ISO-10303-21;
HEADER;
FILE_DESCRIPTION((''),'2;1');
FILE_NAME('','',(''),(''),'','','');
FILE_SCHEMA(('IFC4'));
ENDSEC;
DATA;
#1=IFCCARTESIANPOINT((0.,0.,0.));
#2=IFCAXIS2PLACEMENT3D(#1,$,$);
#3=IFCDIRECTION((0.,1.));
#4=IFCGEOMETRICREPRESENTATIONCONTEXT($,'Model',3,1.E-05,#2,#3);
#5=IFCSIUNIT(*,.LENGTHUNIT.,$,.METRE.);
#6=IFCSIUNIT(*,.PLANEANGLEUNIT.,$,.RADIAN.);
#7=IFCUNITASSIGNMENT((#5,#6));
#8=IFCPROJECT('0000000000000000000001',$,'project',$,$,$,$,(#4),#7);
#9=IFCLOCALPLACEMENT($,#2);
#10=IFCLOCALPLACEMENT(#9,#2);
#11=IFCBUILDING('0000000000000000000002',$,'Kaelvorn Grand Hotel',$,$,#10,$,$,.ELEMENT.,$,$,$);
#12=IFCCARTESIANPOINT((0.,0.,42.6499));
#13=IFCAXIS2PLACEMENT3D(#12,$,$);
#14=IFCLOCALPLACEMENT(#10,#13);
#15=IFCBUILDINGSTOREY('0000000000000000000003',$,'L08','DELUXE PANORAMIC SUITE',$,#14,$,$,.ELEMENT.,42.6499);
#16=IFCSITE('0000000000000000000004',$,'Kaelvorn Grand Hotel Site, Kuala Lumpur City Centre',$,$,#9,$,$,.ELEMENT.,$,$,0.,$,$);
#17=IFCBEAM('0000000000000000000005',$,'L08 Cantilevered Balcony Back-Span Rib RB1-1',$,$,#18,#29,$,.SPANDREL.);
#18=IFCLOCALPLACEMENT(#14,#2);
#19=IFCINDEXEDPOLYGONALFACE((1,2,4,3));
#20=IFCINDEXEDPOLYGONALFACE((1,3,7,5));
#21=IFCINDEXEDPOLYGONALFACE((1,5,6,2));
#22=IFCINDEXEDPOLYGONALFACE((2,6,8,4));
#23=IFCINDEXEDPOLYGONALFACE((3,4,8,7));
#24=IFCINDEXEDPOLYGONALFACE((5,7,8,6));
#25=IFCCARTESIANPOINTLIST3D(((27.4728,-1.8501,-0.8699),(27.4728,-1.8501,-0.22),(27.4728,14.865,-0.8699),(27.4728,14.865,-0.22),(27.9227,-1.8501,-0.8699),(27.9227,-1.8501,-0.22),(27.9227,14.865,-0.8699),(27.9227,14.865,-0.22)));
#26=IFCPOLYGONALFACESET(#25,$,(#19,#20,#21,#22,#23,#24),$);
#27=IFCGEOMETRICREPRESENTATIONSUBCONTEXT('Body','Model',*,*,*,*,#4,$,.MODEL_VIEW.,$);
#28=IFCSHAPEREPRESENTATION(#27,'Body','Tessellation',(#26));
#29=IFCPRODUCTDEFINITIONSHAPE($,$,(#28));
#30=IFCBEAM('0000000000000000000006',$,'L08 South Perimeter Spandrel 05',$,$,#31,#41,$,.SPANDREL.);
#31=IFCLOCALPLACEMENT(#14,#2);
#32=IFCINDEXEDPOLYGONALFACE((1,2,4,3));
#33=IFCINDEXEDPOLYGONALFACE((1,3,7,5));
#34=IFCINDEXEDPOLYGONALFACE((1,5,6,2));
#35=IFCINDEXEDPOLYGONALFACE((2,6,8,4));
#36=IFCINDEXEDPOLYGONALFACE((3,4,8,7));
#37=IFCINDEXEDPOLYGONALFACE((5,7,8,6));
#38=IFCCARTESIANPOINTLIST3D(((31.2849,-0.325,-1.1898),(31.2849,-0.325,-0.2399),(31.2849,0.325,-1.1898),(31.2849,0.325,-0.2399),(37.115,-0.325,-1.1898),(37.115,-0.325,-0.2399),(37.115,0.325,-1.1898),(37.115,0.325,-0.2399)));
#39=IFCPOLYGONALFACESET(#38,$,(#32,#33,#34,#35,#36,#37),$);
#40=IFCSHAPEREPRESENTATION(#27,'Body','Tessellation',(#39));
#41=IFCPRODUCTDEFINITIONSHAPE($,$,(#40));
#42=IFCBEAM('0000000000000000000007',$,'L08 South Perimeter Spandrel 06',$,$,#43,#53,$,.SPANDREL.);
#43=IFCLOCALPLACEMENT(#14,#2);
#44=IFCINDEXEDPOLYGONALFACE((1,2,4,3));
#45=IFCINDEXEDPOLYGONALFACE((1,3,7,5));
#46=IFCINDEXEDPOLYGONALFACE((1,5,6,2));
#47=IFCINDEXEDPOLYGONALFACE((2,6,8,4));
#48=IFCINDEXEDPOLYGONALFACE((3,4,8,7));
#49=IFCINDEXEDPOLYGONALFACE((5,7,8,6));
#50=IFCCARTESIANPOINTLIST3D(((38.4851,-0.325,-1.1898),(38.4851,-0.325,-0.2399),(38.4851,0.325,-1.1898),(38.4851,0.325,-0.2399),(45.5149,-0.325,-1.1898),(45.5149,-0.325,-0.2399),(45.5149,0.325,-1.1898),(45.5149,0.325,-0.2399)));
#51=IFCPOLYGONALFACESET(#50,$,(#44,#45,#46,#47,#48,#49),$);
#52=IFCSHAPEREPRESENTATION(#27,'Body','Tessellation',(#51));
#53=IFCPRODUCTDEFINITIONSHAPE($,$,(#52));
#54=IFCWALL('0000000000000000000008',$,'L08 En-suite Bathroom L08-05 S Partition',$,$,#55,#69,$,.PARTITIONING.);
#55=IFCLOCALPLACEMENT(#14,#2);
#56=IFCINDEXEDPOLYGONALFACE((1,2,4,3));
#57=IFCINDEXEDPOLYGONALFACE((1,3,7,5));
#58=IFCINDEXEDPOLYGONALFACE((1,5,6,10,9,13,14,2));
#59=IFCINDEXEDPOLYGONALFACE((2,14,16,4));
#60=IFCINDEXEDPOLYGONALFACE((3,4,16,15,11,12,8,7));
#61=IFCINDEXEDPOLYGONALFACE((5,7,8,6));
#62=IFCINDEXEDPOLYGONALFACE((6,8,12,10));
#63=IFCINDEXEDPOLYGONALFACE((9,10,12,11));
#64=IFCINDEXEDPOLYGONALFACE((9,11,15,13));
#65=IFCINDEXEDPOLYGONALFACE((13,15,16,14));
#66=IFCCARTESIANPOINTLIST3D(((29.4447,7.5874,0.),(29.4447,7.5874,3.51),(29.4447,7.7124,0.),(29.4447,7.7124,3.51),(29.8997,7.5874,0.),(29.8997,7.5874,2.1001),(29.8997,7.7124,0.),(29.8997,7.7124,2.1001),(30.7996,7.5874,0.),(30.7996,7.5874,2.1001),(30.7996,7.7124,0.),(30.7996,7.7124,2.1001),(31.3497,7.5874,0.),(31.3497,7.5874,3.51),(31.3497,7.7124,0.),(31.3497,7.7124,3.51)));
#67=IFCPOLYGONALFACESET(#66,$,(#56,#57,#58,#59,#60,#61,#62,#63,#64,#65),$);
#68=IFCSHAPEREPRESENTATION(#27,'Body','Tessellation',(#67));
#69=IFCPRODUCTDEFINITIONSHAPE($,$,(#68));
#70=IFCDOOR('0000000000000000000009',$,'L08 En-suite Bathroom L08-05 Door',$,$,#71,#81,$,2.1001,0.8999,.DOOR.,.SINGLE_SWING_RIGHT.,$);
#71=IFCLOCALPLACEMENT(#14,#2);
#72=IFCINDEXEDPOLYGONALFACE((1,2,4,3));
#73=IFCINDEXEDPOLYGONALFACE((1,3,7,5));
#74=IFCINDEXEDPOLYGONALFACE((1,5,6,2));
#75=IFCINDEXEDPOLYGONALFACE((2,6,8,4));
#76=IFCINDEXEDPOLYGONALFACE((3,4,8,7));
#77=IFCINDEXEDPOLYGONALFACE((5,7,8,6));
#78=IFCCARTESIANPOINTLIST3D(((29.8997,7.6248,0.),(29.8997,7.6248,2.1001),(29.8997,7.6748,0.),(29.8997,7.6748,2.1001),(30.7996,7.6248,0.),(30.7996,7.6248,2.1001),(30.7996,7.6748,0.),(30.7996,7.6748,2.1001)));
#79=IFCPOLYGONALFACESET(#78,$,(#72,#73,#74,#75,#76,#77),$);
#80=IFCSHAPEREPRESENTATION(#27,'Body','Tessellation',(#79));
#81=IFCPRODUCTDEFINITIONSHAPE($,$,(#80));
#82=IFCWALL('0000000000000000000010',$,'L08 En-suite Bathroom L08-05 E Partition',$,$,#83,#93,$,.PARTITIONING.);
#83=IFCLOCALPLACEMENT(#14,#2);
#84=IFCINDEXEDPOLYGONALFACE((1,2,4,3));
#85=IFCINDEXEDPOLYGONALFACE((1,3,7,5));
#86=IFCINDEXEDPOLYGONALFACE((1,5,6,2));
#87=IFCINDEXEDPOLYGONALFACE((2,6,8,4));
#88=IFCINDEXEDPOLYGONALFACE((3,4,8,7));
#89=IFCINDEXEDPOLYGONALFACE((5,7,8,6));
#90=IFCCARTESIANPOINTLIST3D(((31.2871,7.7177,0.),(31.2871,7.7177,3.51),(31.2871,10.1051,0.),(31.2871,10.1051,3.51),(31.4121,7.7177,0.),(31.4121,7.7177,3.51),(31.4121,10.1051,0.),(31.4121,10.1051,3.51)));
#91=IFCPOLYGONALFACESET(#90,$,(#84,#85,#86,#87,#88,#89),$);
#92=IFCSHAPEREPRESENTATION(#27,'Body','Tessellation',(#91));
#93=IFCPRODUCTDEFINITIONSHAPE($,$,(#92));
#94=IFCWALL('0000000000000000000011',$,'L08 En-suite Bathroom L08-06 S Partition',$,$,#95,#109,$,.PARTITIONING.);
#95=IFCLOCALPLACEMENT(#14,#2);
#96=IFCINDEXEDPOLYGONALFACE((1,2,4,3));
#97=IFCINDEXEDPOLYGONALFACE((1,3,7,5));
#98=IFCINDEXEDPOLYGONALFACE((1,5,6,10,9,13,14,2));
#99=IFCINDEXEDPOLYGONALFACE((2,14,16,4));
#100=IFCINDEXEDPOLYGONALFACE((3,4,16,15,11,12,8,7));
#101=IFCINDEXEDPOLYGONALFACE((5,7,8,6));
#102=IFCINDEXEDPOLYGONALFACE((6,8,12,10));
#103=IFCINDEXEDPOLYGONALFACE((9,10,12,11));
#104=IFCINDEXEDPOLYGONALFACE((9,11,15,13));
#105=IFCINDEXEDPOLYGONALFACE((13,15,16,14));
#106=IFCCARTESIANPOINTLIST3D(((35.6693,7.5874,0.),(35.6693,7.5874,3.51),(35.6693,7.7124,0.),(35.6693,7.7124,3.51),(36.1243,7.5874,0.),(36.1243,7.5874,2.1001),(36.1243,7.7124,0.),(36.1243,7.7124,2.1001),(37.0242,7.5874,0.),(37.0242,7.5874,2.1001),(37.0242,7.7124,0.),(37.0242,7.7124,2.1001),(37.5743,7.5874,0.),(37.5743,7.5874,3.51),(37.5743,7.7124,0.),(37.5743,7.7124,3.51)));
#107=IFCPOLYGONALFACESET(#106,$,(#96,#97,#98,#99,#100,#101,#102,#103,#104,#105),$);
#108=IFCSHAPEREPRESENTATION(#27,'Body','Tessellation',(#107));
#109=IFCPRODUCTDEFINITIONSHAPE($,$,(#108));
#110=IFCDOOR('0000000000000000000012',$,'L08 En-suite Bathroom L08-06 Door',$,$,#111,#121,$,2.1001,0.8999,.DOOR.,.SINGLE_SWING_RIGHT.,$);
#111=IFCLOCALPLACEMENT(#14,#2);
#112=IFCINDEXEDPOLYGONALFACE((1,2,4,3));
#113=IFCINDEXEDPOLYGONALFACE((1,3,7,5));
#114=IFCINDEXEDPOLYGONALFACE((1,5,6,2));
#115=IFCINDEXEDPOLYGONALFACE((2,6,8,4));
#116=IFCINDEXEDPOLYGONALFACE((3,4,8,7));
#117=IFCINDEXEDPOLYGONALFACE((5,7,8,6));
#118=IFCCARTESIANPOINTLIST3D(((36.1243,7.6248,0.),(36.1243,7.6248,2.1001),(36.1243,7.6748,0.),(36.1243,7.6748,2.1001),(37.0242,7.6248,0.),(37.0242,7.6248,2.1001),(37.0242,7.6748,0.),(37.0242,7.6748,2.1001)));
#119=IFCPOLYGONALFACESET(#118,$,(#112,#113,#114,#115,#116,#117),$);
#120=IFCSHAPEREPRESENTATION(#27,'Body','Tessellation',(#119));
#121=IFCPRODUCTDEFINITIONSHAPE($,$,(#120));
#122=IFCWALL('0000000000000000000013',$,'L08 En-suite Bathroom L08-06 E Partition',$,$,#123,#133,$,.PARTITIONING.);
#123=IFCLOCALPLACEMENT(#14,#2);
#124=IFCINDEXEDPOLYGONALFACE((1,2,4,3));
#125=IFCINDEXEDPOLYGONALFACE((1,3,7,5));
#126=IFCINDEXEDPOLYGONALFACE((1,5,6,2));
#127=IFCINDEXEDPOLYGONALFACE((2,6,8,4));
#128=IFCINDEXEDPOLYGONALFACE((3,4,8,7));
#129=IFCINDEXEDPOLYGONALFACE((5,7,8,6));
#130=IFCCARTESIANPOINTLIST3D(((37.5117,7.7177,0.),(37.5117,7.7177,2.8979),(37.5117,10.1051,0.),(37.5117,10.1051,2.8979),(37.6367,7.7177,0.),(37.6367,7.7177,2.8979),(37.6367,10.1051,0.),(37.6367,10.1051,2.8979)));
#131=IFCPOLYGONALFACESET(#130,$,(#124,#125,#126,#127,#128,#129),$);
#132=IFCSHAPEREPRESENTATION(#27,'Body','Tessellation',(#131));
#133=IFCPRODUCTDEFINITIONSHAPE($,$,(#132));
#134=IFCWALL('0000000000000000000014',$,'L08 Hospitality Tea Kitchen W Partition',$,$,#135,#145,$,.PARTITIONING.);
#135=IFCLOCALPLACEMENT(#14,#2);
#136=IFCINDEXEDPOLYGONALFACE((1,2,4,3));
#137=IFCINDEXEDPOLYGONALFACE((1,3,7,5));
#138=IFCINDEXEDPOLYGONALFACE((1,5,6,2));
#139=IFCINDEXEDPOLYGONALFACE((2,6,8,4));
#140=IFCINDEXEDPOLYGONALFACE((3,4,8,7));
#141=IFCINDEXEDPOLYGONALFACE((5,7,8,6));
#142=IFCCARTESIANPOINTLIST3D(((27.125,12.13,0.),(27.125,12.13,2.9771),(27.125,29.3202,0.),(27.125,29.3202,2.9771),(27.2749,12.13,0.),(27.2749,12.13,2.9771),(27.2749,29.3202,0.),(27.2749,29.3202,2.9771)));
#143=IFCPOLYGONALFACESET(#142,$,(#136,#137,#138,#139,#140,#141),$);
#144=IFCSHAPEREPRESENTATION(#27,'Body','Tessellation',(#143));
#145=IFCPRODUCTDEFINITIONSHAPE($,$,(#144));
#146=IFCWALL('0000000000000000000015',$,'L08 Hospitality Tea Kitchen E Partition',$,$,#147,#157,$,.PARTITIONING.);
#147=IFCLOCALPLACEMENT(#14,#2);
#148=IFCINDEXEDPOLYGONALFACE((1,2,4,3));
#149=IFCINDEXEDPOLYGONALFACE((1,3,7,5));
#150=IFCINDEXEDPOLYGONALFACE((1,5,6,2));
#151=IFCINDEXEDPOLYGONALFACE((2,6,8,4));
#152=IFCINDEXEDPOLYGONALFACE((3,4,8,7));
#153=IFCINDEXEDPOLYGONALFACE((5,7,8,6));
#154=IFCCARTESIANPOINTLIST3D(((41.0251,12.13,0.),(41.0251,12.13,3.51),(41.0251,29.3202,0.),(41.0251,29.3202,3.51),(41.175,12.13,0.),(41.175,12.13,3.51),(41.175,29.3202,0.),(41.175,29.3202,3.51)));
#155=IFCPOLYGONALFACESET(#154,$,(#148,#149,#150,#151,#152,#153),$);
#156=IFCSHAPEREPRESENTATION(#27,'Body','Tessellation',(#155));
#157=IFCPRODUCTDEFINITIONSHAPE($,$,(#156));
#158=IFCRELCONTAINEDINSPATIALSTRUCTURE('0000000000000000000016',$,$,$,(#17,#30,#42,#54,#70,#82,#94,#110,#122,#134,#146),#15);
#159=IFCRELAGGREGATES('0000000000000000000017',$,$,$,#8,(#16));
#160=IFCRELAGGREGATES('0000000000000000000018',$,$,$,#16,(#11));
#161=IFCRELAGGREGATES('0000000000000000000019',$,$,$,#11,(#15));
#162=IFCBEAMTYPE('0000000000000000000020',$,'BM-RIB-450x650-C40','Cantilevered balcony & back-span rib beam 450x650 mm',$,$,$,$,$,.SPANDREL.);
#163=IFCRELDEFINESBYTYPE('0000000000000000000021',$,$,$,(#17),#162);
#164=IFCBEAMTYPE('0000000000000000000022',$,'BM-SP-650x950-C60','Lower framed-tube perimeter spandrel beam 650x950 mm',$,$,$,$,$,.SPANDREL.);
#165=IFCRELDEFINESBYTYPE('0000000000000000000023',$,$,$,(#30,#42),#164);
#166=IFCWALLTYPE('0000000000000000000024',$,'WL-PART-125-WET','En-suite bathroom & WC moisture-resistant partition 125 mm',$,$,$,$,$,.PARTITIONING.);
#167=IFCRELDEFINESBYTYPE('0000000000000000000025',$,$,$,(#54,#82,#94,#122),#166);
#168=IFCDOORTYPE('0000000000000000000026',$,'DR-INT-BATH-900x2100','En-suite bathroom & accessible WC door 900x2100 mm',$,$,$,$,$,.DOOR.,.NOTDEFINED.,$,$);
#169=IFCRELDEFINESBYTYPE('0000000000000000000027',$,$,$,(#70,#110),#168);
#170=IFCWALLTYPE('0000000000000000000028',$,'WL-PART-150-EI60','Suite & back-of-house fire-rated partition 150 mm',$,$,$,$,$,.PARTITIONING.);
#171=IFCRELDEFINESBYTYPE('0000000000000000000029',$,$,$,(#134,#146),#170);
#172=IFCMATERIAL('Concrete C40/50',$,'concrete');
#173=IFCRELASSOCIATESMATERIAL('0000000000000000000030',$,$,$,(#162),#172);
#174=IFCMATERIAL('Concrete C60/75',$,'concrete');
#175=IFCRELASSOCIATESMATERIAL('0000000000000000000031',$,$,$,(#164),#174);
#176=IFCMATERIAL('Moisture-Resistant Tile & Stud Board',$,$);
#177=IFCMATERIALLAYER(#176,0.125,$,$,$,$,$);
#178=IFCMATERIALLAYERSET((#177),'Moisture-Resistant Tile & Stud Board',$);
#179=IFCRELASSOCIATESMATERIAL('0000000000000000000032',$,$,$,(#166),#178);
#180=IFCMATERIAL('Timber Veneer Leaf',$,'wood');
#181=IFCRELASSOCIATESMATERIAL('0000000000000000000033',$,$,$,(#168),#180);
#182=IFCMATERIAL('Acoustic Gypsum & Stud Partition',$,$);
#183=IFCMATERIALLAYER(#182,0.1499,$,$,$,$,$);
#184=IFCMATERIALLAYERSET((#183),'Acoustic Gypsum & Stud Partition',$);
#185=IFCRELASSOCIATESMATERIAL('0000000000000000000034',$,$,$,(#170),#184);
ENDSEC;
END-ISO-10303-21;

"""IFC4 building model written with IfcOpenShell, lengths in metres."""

from ifc_helpers import new_model, si_unit, direction, frame, frame_2d, origin, origin_2d, place, context, subcontext, project, spatial, rectangle, extrude, material, layer, layer_set, material_profile, profile_set, type_object, element, fill, save


model = new_model("IFC4")

# Units and contexts
model_context = context("Model", 3, precision=1e-05, world=origin(), true_north=direction((0.0, 1.0)))
body_context = subcontext(model_context, "Body", "Model", "MODEL_VIEW")
ifc_project = project(units=[si_unit("LENGTHUNIT", "METRE"), si_unit("PLANEANGLEUNIT", "RADIAN")], contexts=[model_context])

# Site, building, storey
site_placement = place(None, origin())
site = spatial("IfcSite", under=ifc_project, at=site_placement, Name="Kaelvorn Grand Hotel Site, Kuala Lumpur City Centre", CompositionType="ELEMENT", RefElevation=0.0)
building_placement = place(site_placement, origin())
building = spatial("IfcBuilding", under=site, at=building_placement, Name="Kaelvorn Grand Hotel", CompositionType="ELEMENT")
storey_placement = place(building_placement, frame((0.0, 0.0, 42.6499)))
storey = spatial("IfcBuildingStorey", under=building, at=storey_placement, Name="L08", Description="DELUXE PANORAMIC SUITE", CompositionType="ELEMENT", Elevation=42.6499)

# Beams
ifc_material_1 = material(Name="Concrete C40/50", Category="concrete")
ifc_material_profile_1 = material_profile(ifc_material_1, rectangle(XDim=0.45, YDim=0.6499, at=origin_2d()), Name="RC RIB 450x650")
ifc_profile_set_1 = profile_set([ifc_material_profile_1], Name="Concrete C40/50")
beam_type_1 = type_object("IfcBeamType", Name="BM-RIB-450x650-C40", Description="Cantilevered balcony & back-span rib beam 450x650 mm", PredefinedType="SPANDREL", material=ifc_profile_set_1)
beam_1_placement = place(storey_placement, frame((27.6978, -1.8501, -0.5449), z_axis=(0.0, 1.0, 0.0), x_axis=(-1.0, 0.0, 0.0)))
element("IfcBeam", 1, at=beam_1_placement, inside=storey, type_object=beam_type_1, Name="L08 Cantilevered Balcony Back-Span Rib RB1-1", PredefinedType="SPANDREL", context=body_context, shape_type="SweptSolid", body=[
    extrude(rectangle(XDim=0.45, YDim=0.6499, at=origin_2d()), origin(), (0.0, 0.0, 1.0), 16.7151),
])
ifc_material_2 = material(Name="Concrete C60/75", Category="concrete")
ifc_material_profile_2 = material_profile(ifc_material_2, rectangle(XDim=0.6499, YDim=0.95, at=origin_2d()), Name="RC SPANDREL 650x950")
ifc_profile_set_2 = profile_set([ifc_material_profile_2], Name="Concrete C60/75")
beam_type_2 = type_object("IfcBeamType", Name="BM-SP-650x950-C60", Description="Lower framed-tube perimeter spandrel beam 650x950 mm", PredefinedType="SPANDREL", material=ifc_profile_set_2)
beam_2_placement = place(storey_placement, frame((31.2849, 0.0, -0.7148), z_axis=(1.0, 0.0, 0.0), x_axis=(0.0, 1.0, 0.0)))
element("IfcBeam", 2, at=beam_2_placement, inside=storey, type_object=beam_type_2, Name="L08 South Perimeter Spandrel 05", PredefinedType="SPANDREL", context=body_context, shape_type="SweptSolid", body=[
    extrude(rectangle(XDim=0.6499, YDim=0.95, at=origin_2d()), origin(), (0.0, 0.0, 1.0), 5.8301),
])
beam_3_placement = place(storey_placement, frame((38.4851, 0.0, -0.7148), z_axis=(1.0, 0.0, 0.0), x_axis=(0.0, 1.0, 0.0)))
element("IfcBeam", 3, at=beam_3_placement, inside=storey, type_object=beam_type_2, Name="L08 South Perimeter Spandrel 06", PredefinedType="SPANDREL", context=body_context, shape_type="SweptSolid", body=[
    extrude(rectangle(XDim=0.6499, YDim=0.95, at=origin_2d()), origin(), (0.0, 0.0, 1.0), 7.0298),
])

# Wall, opening, door
ifc_material_3 = material(Name="Moisture-Resistant Tile & Stud Board")
ifc_layer_1 = layer(ifc_material_3, 0.125)
ifc_layer_set_1 = layer_set([ifc_layer_1], Name="Moisture-Resistant Tile & Stud Board")
wall_type_1 = type_object("IfcWallType", Name="WL-PART-125-WET", Description="En-suite bathroom & WC moisture-resistant partition 125 mm", PredefinedType="PARTITIONING", material=ifc_layer_set_1)
wall_1_placement = place(storey_placement, frame((29.4446, 7.6499, 0.0), z_axis=(0.0, 0.0, 1.0), x_axis=(1.0, 0.0, 0.0)))
wall_1 = element("IfcWall", 4, at=wall_1_placement, inside=storey, type_object=wall_type_1, Name="L08 En-suite Bathroom L08-05 S Partition", PredefinedType="PARTITIONING", context=body_context, shape_type="SweptSolid", body=[
    extrude(rectangle(XDim=1.905, YDim=0.125, at=frame_2d((0.9526, 0.0))), origin(), (0.0, 0.0, 1.0), 3.51),
])
opening_1_placement = place(wall_1_placement, frame((0.4551, 0.0, 0.0)))
opening_1 = element("IfcOpeningElement", 5, at=opening_1_placement, cuts=wall_1, PredefinedType="OPENING", context=body_context, shape_type="SweptSolid", body=[
    extrude(rectangle(XDim=0.8999, YDim=2.1001, at=frame_2d((0.45, 1.05))), frame((0.0, 0.0725, 0.0), z_axis=(0.0, -1.0, 0.0), x_axis=(1.0, 0.0, 0.0)), (0.0, 0.0, 1.0), 0.145),
])
ifc_material_4 = material(Name="Timber Veneer Leaf", Category="wood")
door_type_1 = type_object("IfcDoorType", Name="DR-INT-BATH-900x2100", Description="En-suite bathroom & accessible WC door 900x2100 mm", OperationType="NOTDEFINED", PredefinedType="DOOR", material=ifc_material_4)
door_1_placement = place(opening_1_placement, origin())
door_1 = element("IfcDoor", 6, at=door_1_placement, inside=storey, type_object=door_type_1, Name="L08 En-suite Bathroom L08-05 Door", OperationType="SINGLE_SWING_RIGHT", OverallHeight=2.1001, OverallWidth=0.8999, PredefinedType="DOOR", context=body_context, shape_type="SweptSolid", body=[
    extrude(rectangle(XDim=0.8999, YDim=2.1001, at=frame_2d((0.45, 1.05))), frame((0.0, 0.0249, 0.0), z_axis=(0.0, -1.0, 0.0), x_axis=(1.0, 0.0, 0.0)), (0.0, 0.0, 1.0), 0.05),
])
fill(opening_1, door_1)

# Wall
wall_2_placement = place(storey_placement, frame((31.3496, 7.7175, 0.0), z_axis=(0.0, 0.0, 1.0), x_axis=(0.0, 1.0, 0.0)))
element("IfcWall", 7, at=wall_2_placement, inside=storey, type_object=wall_type_1, Name="L08 En-suite Bathroom L08-05 E Partition", PredefinedType="PARTITIONING", context=body_context, shape_type="SweptSolid", body=[
    extrude(rectangle(XDim=2.3875, YDim=0.125, at=frame_2d((1.1938, 0.0))), origin(), (0.0, 0.0, 1.0), 3.51),
])

# Wall, opening, door
wall_3_placement = place(storey_placement, frame((35.6692, 7.6499, 0.0), z_axis=(0.0, 0.0, 1.0), x_axis=(1.0, 0.0, 0.0)))
wall_3 = element("IfcWall", 8, at=wall_3_placement, inside=storey, type_object=wall_type_1, Name="L08 En-suite Bathroom L08-06 S Partition", PredefinedType="PARTITIONING", context=body_context, shape_type="SweptSolid", body=[
    extrude(rectangle(XDim=1.905, YDim=0.125, at=frame_2d((0.9526, 0.0))), origin(), (0.0, 0.0, 1.0), 3.51),
])
opening_2_placement = place(wall_3_placement, frame((0.4551, 0.0, 0.0)))
opening_2 = element("IfcOpeningElement", 9, at=opening_2_placement, cuts=wall_3, PredefinedType="OPENING", context=body_context, shape_type="SweptSolid", body=[
    extrude(rectangle(XDim=0.8999, YDim=2.1001, at=frame_2d((0.45, 1.05))), frame((0.0, 0.0725, 0.0), z_axis=(0.0, -1.0, 0.0), x_axis=(1.0, 0.0, 0.0)), (0.0, 0.0, 1.0), 0.145),
])
door_2_placement = place(opening_2_placement, origin())
door_2 = element("IfcDoor", 10, at=door_2_placement, inside=storey, type_object=door_type_1, Name="L08 En-suite Bathroom L08-06 Door", OperationType="SINGLE_SWING_RIGHT", OverallHeight=2.1001, OverallWidth=0.8999, PredefinedType="DOOR", context=body_context, shape_type="SweptSolid", body=[
    extrude(rectangle(XDim=0.8999, YDim=2.1001, at=frame_2d((0.45, 1.05))), frame((0.0, 0.0249, 0.0), z_axis=(0.0, -1.0, 0.0), x_axis=(1.0, 0.0, 0.0)), (0.0, 0.0, 1.0), 0.05),
])
fill(opening_2, door_2)

# Walls
wall_4_placement = place(storey_placement, frame((37.5742, 7.7175, 0.0), z_axis=(0.0, 0.0, 1.0), x_axis=(0.0, 1.0, 0.0)))
element("IfcWall", 11, at=wall_4_placement, inside=storey, type_object=wall_type_1, Name="L08 En-suite Bathroom L08-06 E Partition", PredefinedType="PARTITIONING", context=body_context, shape_type="SweptSolid", body=[
    extrude(rectangle(XDim=2.3875, YDim=0.125, at=frame_2d((1.1938, 0.0))), origin(), (0.0, 0.0, 1.0), 2.8979),
])
ifc_material_5 = material(Name="Acoustic Gypsum & Stud Partition")
ifc_layer_2 = layer(ifc_material_5, 0.1499)
ifc_layer_set_2 = layer_set([ifc_layer_2], Name="Acoustic Gypsum & Stud Partition")
wall_type_2 = type_object("IfcWallType", Name="WL-PART-150-EI60", Description="Suite & back-of-house fire-rated partition 150 mm", PredefinedType="PARTITIONING", material=ifc_layer_set_2)
wall_5_placement = place(storey_placement, frame((27.2, 12.1299, 0.0), z_axis=(0.0, 0.0, 1.0), x_axis=(0.0, 1.0, 0.0)))
element("IfcWall", 12, at=wall_5_placement, inside=storey, type_object=wall_type_2, Name="L08 Hospitality Tea Kitchen W Partition", PredefinedType="PARTITIONING", context=body_context, shape_type="SweptSolid", body=[
    extrude(rectangle(XDim=17.1902, YDim=0.1499, at=frame_2d((8.5952, 0.0))), origin(), (0.0, 0.0, 1.0), 2.9771),
])
wall_6_placement = place(storey_placement, frame((41.1001, 12.1299, 0.0), z_axis=(0.0, 0.0, 1.0), x_axis=(0.0, 1.0, 0.0)))
element("IfcWall", 13, at=wall_6_placement, inside=storey, type_object=wall_type_2, Name="L08 Hospitality Tea Kitchen E Partition", PredefinedType="PARTITIONING", context=body_context, shape_type="SweptSolid", body=[
    extrude(rectangle(XDim=17.1902, YDim=0.1499, at=frame_2d((8.5952, 0.0))), origin(), (0.0, 0.0, 1.0), 3.51),
])

save(model, "model.ifc")
